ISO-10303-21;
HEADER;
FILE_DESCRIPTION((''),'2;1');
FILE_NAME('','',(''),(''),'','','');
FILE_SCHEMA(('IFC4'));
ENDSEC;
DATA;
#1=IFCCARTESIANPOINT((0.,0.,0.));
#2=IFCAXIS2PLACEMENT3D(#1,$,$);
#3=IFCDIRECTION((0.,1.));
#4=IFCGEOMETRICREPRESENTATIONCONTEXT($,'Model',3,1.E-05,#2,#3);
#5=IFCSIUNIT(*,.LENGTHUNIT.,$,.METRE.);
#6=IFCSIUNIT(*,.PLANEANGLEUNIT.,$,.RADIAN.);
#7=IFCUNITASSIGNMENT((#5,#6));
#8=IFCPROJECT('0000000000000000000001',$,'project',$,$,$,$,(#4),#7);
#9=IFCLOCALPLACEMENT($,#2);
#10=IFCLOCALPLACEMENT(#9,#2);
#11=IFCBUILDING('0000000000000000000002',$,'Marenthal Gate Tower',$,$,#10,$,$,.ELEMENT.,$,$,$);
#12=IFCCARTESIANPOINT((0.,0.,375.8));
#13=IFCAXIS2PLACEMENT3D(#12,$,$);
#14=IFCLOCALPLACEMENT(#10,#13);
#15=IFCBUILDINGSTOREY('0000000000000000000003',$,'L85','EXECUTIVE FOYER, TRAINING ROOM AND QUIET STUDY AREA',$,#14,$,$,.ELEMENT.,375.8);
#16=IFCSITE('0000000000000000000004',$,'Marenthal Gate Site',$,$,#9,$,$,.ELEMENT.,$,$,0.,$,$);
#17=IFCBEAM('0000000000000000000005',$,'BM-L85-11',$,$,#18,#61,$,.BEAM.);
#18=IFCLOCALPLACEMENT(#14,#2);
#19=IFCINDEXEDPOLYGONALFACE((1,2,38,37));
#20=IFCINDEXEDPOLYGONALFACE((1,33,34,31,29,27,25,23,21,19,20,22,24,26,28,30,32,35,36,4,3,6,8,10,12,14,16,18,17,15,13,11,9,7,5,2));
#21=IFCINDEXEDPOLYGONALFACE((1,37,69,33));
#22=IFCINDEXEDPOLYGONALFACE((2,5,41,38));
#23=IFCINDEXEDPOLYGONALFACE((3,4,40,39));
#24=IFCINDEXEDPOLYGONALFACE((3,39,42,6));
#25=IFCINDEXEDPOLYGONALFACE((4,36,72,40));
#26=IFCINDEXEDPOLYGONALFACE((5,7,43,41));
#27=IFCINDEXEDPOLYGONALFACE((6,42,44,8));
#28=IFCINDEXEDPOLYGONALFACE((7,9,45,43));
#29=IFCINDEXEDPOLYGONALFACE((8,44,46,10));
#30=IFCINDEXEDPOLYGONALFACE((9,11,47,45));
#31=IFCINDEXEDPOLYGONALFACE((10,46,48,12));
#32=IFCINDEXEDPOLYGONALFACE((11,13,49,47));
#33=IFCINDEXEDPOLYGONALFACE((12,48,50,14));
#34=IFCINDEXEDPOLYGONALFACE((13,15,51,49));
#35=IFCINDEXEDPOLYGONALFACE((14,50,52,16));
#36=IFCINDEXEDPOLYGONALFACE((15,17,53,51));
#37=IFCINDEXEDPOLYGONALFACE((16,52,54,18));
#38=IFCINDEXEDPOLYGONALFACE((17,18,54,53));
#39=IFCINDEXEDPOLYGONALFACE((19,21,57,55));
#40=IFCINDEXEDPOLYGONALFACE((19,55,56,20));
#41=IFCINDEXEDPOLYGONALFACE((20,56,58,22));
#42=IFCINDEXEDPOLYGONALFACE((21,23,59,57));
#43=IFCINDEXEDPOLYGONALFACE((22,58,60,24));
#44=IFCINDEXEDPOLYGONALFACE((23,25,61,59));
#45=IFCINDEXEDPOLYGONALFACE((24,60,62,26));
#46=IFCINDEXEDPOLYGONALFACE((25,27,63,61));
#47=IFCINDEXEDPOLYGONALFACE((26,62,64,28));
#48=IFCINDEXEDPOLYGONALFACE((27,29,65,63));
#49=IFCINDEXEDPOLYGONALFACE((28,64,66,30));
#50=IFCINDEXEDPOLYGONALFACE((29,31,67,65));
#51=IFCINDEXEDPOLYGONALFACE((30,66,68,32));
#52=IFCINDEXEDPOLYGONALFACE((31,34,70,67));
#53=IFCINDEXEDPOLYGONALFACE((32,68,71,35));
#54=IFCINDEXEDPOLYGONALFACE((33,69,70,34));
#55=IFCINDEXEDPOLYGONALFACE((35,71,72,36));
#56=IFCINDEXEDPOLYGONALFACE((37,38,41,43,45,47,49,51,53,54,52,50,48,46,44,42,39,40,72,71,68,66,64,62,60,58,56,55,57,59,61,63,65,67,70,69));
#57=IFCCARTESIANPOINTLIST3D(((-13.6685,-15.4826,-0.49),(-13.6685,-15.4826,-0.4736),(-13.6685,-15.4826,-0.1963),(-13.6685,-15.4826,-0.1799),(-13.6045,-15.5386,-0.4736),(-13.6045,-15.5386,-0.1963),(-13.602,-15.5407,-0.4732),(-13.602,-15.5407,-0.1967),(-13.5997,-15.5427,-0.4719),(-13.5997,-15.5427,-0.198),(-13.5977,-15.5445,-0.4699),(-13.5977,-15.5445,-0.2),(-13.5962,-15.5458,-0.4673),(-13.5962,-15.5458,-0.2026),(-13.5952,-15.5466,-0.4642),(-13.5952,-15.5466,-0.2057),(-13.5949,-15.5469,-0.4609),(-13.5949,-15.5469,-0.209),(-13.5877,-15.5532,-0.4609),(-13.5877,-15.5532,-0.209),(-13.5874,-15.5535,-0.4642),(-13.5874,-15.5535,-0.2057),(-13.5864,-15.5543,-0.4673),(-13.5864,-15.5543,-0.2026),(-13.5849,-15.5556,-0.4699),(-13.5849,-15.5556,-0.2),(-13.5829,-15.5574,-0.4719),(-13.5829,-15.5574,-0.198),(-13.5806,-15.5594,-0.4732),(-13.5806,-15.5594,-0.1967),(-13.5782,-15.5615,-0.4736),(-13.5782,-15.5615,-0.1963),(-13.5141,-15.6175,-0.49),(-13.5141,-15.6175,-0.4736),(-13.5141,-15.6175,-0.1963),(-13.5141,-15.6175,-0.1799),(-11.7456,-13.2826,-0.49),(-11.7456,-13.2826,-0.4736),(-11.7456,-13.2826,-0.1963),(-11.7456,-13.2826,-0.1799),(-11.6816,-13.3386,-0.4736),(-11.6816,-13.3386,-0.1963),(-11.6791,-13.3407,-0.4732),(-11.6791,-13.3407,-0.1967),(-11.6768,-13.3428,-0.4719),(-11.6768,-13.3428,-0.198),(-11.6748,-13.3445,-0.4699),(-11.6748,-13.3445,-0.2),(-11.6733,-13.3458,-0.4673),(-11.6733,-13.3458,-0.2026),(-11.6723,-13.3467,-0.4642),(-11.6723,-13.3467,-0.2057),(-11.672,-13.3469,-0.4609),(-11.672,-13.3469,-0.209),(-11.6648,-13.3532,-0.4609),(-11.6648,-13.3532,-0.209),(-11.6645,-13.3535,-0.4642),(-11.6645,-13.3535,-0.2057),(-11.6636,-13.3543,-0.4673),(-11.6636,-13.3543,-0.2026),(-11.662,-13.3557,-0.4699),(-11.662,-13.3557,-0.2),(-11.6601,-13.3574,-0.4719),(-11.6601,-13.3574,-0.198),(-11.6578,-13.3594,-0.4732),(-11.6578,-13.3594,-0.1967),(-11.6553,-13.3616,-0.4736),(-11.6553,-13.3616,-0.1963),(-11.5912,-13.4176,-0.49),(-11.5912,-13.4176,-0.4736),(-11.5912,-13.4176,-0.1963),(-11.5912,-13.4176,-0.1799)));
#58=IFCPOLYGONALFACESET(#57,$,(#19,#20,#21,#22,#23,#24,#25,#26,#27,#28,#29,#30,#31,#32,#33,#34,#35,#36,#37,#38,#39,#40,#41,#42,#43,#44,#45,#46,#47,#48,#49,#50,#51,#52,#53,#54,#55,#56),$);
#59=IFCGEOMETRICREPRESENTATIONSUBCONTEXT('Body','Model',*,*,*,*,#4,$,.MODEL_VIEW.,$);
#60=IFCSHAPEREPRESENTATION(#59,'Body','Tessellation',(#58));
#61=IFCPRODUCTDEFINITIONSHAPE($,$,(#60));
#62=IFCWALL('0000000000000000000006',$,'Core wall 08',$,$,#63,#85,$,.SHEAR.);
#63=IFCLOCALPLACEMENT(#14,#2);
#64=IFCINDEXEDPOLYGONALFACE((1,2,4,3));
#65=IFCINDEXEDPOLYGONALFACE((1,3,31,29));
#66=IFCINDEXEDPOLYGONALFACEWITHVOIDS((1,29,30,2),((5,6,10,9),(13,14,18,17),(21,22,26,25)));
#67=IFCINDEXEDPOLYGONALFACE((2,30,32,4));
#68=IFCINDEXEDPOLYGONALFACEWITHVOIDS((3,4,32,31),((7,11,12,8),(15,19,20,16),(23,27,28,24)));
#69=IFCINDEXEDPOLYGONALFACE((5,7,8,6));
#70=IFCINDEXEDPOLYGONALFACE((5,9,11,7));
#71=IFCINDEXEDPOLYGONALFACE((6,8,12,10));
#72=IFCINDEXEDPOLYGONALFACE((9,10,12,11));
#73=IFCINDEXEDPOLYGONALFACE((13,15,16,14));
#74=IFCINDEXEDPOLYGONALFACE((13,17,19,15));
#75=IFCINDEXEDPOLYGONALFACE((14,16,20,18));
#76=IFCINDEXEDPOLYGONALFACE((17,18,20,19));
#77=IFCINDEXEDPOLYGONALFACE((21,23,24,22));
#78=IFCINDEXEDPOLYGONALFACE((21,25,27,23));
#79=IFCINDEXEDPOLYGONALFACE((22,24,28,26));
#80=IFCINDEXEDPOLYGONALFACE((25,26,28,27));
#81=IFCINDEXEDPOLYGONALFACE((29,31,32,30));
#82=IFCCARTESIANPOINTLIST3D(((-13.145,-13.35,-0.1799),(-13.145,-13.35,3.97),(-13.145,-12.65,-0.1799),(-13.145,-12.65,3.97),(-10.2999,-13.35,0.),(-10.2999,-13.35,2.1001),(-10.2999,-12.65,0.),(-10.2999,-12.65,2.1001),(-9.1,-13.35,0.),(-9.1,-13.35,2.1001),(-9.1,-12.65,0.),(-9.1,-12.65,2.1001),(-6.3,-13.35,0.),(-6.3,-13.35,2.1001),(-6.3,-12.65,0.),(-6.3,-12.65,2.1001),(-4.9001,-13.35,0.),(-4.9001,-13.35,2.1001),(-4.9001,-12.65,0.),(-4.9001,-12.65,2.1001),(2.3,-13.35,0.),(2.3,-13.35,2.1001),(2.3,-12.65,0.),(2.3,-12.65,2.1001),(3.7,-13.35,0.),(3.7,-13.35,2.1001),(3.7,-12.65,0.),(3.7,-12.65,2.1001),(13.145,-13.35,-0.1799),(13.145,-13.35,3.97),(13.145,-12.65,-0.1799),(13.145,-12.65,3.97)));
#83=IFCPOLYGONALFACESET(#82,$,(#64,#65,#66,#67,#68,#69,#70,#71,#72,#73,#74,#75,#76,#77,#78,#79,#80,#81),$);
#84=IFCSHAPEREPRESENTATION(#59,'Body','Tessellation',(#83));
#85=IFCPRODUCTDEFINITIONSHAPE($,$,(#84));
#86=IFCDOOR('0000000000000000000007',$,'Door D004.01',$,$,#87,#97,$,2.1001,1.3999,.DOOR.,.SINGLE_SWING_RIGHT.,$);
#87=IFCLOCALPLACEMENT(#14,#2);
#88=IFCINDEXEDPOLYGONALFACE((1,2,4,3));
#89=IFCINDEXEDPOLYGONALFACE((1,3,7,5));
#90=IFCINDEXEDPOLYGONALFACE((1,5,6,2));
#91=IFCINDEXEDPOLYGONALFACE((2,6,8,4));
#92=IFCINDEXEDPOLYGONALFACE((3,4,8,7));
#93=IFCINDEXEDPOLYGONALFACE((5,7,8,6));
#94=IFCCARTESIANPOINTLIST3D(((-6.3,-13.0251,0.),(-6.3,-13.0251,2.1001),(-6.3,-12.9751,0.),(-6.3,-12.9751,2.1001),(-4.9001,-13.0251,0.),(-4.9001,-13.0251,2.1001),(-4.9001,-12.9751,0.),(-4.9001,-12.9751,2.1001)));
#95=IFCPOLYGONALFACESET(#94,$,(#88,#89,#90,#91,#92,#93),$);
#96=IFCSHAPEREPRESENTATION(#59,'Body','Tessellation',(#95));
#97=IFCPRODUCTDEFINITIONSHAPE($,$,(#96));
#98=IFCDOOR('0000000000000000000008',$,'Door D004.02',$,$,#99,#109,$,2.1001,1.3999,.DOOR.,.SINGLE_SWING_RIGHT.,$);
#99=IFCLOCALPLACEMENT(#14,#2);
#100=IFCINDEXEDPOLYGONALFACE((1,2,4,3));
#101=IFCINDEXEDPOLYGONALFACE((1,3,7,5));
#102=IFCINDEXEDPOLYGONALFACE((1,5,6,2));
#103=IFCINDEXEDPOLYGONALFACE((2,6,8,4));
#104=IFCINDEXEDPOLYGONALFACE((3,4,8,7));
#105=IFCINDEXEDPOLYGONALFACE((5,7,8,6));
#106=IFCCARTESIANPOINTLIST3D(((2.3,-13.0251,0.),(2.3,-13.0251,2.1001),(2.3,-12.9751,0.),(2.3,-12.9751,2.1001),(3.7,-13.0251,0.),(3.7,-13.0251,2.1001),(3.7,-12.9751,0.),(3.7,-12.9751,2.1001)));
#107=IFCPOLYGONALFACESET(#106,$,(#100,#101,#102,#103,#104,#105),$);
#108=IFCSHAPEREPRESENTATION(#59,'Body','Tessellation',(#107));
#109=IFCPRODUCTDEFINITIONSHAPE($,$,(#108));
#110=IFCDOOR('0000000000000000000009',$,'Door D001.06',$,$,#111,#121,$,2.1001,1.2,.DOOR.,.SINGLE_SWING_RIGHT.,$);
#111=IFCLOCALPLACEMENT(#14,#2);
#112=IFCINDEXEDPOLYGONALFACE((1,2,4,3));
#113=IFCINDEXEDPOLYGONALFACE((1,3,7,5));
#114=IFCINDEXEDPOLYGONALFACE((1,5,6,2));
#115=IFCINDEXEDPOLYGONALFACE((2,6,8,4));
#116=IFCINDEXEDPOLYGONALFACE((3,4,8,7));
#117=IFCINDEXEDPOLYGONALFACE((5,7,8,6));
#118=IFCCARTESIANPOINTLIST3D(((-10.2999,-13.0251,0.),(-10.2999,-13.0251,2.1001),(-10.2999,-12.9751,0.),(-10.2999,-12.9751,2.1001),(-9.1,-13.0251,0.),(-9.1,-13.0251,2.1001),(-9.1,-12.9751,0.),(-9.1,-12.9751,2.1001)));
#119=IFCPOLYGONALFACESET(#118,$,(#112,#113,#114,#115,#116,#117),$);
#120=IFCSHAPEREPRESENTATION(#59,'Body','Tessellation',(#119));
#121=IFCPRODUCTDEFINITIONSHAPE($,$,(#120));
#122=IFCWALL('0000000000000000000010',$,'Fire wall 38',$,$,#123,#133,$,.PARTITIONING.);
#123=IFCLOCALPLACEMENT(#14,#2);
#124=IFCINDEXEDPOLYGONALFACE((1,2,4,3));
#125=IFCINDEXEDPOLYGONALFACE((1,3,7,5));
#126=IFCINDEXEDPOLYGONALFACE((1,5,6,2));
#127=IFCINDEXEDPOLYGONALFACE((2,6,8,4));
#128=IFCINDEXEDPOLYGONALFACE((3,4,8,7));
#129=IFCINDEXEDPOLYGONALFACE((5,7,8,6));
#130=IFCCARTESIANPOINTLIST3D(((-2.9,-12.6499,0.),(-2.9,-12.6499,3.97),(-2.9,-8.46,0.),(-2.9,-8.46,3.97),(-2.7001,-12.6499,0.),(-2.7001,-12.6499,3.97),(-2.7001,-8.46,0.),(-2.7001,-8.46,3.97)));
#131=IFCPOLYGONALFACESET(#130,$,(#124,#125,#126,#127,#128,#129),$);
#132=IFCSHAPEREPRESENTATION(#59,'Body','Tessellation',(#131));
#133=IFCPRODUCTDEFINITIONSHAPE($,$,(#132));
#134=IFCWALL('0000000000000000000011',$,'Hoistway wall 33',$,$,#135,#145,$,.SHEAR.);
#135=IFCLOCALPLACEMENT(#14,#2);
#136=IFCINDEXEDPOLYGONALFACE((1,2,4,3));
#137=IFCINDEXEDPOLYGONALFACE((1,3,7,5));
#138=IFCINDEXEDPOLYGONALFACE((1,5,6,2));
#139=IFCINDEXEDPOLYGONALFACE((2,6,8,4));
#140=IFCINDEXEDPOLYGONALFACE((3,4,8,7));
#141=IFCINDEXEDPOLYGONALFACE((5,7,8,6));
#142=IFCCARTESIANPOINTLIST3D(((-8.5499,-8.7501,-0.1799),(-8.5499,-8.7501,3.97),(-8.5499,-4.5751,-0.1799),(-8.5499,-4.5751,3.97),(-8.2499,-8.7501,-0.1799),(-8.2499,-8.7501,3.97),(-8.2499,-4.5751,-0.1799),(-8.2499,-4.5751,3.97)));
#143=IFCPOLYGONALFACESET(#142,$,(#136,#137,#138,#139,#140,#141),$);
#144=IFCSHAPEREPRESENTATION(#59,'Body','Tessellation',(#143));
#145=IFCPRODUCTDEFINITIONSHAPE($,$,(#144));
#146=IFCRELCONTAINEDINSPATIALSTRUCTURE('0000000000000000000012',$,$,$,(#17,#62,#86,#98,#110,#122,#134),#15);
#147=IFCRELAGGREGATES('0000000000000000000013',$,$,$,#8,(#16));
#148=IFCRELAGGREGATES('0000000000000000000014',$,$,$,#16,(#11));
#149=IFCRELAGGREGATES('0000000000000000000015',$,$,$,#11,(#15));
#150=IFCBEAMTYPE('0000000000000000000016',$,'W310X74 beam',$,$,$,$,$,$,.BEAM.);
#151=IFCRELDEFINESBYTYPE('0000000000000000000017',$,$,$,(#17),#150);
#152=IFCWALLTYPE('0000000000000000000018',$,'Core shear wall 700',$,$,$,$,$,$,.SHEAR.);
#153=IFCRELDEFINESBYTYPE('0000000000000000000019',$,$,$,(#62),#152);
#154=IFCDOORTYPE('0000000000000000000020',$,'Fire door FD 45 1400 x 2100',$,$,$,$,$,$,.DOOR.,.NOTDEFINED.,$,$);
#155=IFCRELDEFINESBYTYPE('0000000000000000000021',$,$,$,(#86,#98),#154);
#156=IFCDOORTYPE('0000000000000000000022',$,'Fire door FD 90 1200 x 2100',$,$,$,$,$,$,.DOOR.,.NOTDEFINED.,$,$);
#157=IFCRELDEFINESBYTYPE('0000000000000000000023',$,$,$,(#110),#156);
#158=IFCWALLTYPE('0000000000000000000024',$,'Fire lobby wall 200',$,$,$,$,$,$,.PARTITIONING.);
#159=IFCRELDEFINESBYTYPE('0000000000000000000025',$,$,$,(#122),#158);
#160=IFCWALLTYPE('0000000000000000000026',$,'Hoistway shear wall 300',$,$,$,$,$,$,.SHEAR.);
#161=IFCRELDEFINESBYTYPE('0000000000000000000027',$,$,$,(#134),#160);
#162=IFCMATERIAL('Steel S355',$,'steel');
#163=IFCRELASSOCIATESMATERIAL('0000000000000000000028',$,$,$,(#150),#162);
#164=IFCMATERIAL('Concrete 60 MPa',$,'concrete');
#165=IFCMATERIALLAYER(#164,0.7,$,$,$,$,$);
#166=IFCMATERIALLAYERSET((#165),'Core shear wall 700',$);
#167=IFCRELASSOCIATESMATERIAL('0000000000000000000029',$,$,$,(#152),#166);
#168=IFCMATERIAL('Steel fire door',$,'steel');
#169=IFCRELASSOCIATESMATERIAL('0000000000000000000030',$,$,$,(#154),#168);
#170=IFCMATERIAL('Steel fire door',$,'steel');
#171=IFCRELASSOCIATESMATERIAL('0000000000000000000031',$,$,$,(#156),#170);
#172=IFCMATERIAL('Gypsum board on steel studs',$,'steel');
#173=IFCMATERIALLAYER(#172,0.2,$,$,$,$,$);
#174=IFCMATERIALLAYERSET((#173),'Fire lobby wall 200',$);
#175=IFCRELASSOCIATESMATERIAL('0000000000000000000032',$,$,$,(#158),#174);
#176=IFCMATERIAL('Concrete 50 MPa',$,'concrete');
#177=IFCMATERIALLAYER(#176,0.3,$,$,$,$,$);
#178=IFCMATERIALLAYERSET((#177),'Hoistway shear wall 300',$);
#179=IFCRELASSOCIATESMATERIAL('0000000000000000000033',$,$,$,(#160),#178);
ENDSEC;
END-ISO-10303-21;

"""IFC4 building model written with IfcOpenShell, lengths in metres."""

from ifc_helpers import new_model, si_unit, direction, frame, frame_2d, origin, origin_2d, place, context, subcontext, project, spatial, rectangle, i_section, extrude, material, layer, layer_set, material_profile, profile_set, type_object, element, fill, save


model = new_model("IFC4")

# Units and contexts
model_context = context("Model", 3, precision=1e-05, world=origin(), true_north=direction((0.0, 1.0)))
body_context = subcontext(model_context, "Body", "Model", "MODEL_VIEW")
ifc_project = project(units=[si_unit("LENGTHUNIT", "METRE"), si_unit("PLANEANGLEUNIT", "RADIAN")], contexts=[model_context])

# Site, building, storey
site_placement = place(None, origin())
site = spatial("IfcSite", under=ifc_project, at=site_placement, Name="Marenthal Gate Site", CompositionType="ELEMENT", RefElevation=0.0)
building_placement = place(site_placement, origin())
building = spatial("IfcBuilding", under=site, at=building_placement, Name="Marenthal Gate Tower", CompositionType="ELEMENT")
storey_placement = place(building_placement, frame((0.0, 0.0, 375.8)))
storey = spatial("IfcBuildingStorey", under=building, at=storey_placement, Name="L85", Description="EXECUTIVE FOYER, TRAINING ROOM AND QUIET STUDY AREA", CompositionType="ELEMENT", Elevation=375.8)

# Beam
ifc_material_1 = material(Name="Steel S355", Category="steel")
ifc_material_profile = material_profile(ifc_material_1, i_section(OverallWidth=0.2051, OverallDepth=0.3101, WebThickness=0.0095, FlangeThickness=0.0164, FilletRadius=0.0127, at=origin_2d()), Name="W310X74")
ifc_profile_set = profile_set([ifc_material_profile], Name="Steel S355")
beam_type = type_object("IfcBeamType", Name="W310X74 beam", PredefinedType="BEAM", material=ifc_profile_set)
beam_placement = place(storey_placement, frame((-13.5913, -15.55, -0.335), z_axis=(0.658096, 0.752934, 0.0), x_axis=(-0.752934, 0.658096, 0.0)))
element("IfcBeam", 1, at=beam_placement, inside=storey, type_object=beam_type, Name="BM-L85-11", PredefinedType="BEAM", context=body_context, shape_type="SweptSolid", body=[
    extrude(i_section(OverallWidth=0.2051, OverallDepth=0.3101, WebThickness=0.0095, FlangeThickness=0.0164, FilletRadius=0.0127, at=origin_2d()), origin(), (0.0, 0.0, 1.0), 2.9219),
])

# Wall, openings, doors
ifc_material_2 = material(Name="Concrete 60 MPa", Category="concrete")
ifc_layer_1 = layer(ifc_material_2, 0.7)
ifc_layer_set_1 = layer_set([ifc_layer_1], Name="Core shear wall 700")
wall_type_1 = type_object("IfcWallType", Name="Core shear wall 700", PredefinedType="SHEAR", material=ifc_layer_set_1)
wall_1_placement = place(storey_placement, frame((-13.145, -13.0, -0.1799), z_axis=(0.0, 0.0, 1.0), x_axis=(1.0, 0.0, 0.0)))
wall_1 = element("IfcWall", 2, at=wall_1_placement, inside=storey, type_object=wall_type_1, Name="Core wall 08", PredefinedType="SHEAR", context=body_context, shape_type="SweptSolid", body=[
    extrude(rectangle(XDim=26.29, YDim=0.7, at=frame_2d((13.145, 0.0))), origin(), (0.0, 0.0, 1.0), 4.1499),
])
opening_1_placement = place(wall_1_placement, frame((2.845, 0.0, 0.1799)))
opening_1 = element("IfcOpeningElement", 3, at=opening_1_placement, cuts=wall_1, PredefinedType="OPENING", context=body_context, shape_type="SweptSolid", body=[
    extrude(rectangle(XDim=1.2, YDim=2.1001, at=frame_2d((0.6001, 1.05))), frame((0.0, 0.3599, 0.0), z_axis=(0.0, -1.0, 0.0), x_axis=(1.0, 0.0, 0.0)), (0.0, 0.0, 1.0), 0.72),
])
opening_2_placement = place(wall_1_placement, frame((6.845, 0.0, 0.1799)))
opening_2 = element("IfcOpeningElement", 4, at=opening_2_placement, cuts=wall_1, PredefinedType="OPENING", context=body_context, shape_type="SweptSolid", body=[
    extrude(rectangle(XDim=1.3999, YDim=2.1001, at=frame_2d((0.7, 1.05))), frame((0.0, 0.3599, 0.0), z_axis=(0.0, -1.0, 0.0), x_axis=(1.0, 0.0, 0.0)), (0.0, 0.0, 1.0), 0.72),
])
opening_3_placement = place(wall_1_placement, frame((15.4451, 0.0, 0.1799)))
opening_3 = element("IfcOpeningElement", 5, at=opening_3_placement, cuts=wall_1, PredefinedType="OPENING", context=body_context, shape_type="SweptSolid", body=[
    extrude(rectangle(XDim=1.3999, YDim=2.1001, at=frame_2d((0.7, 1.05))), frame((0.0, 0.3599, 0.0), z_axis=(0.0, -1.0, 0.0), x_axis=(1.0, 0.0, 0.0)), (0.0, 0.0, 1.0), 0.72),
])
ifc_material_3 = material(Name="Steel fire door", Category="steel")
door_type_1 = type_object("IfcDoorType", Name="Fire door FD 45 1400 x 2100", OperationType="NOTDEFINED", PredefinedType="DOOR", material=ifc_material_3)
door_1_placement = place(opening_2_placement, origin())
door_1 = element("IfcDoor", 6, at=door_1_placement, inside=storey, type_object=door_type_1, Name="Door D004.01", OperationType="SINGLE_SWING_RIGHT", OverallHeight=2.1001, OverallWidth=1.3999, PredefinedType="DOOR", context=body_context, shape_type="SweptSolid", body=[
    extrude(rectangle(XDim=1.3999, YDim=2.1001, at=frame_2d((0.7, 1.05))), frame((0.0, 0.0249, 0.0), z_axis=(0.0, -1.0, 0.0), x_axis=(1.0, 0.0, 0.0)), (0.0, 0.0, 1.0), 0.05),
])
fill(opening_2, door_1)
door_2_placement = place(opening_3_placement, origin())
door_2 = element("IfcDoor", 7, at=door_2_placement, inside=storey, type_object=door_type_1, Name="Door D004.02", OperationType="SINGLE_SWING_RIGHT", OverallHeight=2.1001, OverallWidth=1.3999, PredefinedType="DOOR", context=body_context, shape_type="SweptSolid", body=[
    extrude(rectangle(XDim=1.3999, YDim=2.1001, at=frame_2d((0.7, 1.05))), frame((0.0, 0.0249, 0.0), z_axis=(0.0, -1.0, 0.0), x_axis=(1.0, 0.0, 0.0)), (0.0, 0.0, 1.0), 0.05),
])
fill(opening_3, door_2)
ifc_material_4 = material(Name="Steel fire door", Category="steel")
door_type_2 = type_object("IfcDoorType", Name="Fire door FD 90 1200 x 2100", OperationType="NOTDEFINED", PredefinedType="DOOR", material=ifc_material_4)
door_3_placement = place(opening_1_placement, origin())
door_3 = element("IfcDoor", 8, at=door_3_placement, inside=storey, type_object=door_type_2, Name="Door D001.06", OperationType="SINGLE_SWING_RIGHT", OverallHeight=2.1001, OverallWidth=1.2, PredefinedType="DOOR", context=body_context, shape_type="SweptSolid", body=[
    extrude(rectangle(XDim=1.2, YDim=2.1001, at=frame_2d((0.6001, 1.05))), frame((0.0, 0.0249, 0.0), z_axis=(0.0, -1.0, 0.0), x_axis=(1.0, 0.0, 0.0)), (0.0, 0.0, 1.0), 0.05),
])
fill(opening_1, door_3)

# Walls
ifc_material_5 = material(Name="Gypsum board on steel studs", Category="steel")
ifc_layer_2 = layer(ifc_material_5, 0.2)
ifc_layer_set_2 = layer_set([ifc_layer_2], Name="Fire lobby wall 200")
wall_type_2 = type_object("IfcWallType", Name="Fire lobby wall 200", PredefinedType="PARTITIONING", material=ifc_layer_set_2)
wall_2_placement = place(storey_placement, frame((-2.8, -12.6499, 0.0), z_axis=(0.0, 0.0, 1.0), x_axis=(0.0, 1.0, 0.0)))
element("IfcWall", 9, at=wall_2_placement, inside=storey, type_object=wall_type_2, Name="Fire wall 38", PredefinedType="PARTITIONING", context=body_context, shape_type="SweptSolid", body=[
    extrude(rectangle(XDim=4.1899, YDim=0.2, at=frame_2d((2.095, 0.0))), origin(), (0.0, 0.0, 1.0), 3.97),
])
ifc_material_6 = material(Name="Concrete 50 MPa", Category="concrete")
ifc_layer_3 = layer(ifc_material_6, 0.3)
ifc_layer_set_3 = layer_set([ifc_layer_3], Name="Hoistway shear wall 300")
wall_type_3 = type_object("IfcWallType", Name="Hoistway shear wall 300", PredefinedType="SHEAR", material=ifc_layer_set_3)
wall_3_placement = place(storey_placement, frame((-8.3999, -8.75, -0.1799), z_axis=(0.0, 0.0, 1.0), x_axis=(0.0, 1.0, 0.0)))
element("IfcWall", 10, at=wall_3_placement, inside=storey, type_object=wall_type_3, Name="Hoistway wall 33", PredefinedType="SHEAR", context=body_context, shape_type="SweptSolid", body=[
    extrude(rectangle(XDim=4.175, YDim=0.3, at=frame_2d((2.0874, 0.0))), origin(), (0.0, 0.0, 1.0), 4.1499),
])

save(model, "model.ifc")
